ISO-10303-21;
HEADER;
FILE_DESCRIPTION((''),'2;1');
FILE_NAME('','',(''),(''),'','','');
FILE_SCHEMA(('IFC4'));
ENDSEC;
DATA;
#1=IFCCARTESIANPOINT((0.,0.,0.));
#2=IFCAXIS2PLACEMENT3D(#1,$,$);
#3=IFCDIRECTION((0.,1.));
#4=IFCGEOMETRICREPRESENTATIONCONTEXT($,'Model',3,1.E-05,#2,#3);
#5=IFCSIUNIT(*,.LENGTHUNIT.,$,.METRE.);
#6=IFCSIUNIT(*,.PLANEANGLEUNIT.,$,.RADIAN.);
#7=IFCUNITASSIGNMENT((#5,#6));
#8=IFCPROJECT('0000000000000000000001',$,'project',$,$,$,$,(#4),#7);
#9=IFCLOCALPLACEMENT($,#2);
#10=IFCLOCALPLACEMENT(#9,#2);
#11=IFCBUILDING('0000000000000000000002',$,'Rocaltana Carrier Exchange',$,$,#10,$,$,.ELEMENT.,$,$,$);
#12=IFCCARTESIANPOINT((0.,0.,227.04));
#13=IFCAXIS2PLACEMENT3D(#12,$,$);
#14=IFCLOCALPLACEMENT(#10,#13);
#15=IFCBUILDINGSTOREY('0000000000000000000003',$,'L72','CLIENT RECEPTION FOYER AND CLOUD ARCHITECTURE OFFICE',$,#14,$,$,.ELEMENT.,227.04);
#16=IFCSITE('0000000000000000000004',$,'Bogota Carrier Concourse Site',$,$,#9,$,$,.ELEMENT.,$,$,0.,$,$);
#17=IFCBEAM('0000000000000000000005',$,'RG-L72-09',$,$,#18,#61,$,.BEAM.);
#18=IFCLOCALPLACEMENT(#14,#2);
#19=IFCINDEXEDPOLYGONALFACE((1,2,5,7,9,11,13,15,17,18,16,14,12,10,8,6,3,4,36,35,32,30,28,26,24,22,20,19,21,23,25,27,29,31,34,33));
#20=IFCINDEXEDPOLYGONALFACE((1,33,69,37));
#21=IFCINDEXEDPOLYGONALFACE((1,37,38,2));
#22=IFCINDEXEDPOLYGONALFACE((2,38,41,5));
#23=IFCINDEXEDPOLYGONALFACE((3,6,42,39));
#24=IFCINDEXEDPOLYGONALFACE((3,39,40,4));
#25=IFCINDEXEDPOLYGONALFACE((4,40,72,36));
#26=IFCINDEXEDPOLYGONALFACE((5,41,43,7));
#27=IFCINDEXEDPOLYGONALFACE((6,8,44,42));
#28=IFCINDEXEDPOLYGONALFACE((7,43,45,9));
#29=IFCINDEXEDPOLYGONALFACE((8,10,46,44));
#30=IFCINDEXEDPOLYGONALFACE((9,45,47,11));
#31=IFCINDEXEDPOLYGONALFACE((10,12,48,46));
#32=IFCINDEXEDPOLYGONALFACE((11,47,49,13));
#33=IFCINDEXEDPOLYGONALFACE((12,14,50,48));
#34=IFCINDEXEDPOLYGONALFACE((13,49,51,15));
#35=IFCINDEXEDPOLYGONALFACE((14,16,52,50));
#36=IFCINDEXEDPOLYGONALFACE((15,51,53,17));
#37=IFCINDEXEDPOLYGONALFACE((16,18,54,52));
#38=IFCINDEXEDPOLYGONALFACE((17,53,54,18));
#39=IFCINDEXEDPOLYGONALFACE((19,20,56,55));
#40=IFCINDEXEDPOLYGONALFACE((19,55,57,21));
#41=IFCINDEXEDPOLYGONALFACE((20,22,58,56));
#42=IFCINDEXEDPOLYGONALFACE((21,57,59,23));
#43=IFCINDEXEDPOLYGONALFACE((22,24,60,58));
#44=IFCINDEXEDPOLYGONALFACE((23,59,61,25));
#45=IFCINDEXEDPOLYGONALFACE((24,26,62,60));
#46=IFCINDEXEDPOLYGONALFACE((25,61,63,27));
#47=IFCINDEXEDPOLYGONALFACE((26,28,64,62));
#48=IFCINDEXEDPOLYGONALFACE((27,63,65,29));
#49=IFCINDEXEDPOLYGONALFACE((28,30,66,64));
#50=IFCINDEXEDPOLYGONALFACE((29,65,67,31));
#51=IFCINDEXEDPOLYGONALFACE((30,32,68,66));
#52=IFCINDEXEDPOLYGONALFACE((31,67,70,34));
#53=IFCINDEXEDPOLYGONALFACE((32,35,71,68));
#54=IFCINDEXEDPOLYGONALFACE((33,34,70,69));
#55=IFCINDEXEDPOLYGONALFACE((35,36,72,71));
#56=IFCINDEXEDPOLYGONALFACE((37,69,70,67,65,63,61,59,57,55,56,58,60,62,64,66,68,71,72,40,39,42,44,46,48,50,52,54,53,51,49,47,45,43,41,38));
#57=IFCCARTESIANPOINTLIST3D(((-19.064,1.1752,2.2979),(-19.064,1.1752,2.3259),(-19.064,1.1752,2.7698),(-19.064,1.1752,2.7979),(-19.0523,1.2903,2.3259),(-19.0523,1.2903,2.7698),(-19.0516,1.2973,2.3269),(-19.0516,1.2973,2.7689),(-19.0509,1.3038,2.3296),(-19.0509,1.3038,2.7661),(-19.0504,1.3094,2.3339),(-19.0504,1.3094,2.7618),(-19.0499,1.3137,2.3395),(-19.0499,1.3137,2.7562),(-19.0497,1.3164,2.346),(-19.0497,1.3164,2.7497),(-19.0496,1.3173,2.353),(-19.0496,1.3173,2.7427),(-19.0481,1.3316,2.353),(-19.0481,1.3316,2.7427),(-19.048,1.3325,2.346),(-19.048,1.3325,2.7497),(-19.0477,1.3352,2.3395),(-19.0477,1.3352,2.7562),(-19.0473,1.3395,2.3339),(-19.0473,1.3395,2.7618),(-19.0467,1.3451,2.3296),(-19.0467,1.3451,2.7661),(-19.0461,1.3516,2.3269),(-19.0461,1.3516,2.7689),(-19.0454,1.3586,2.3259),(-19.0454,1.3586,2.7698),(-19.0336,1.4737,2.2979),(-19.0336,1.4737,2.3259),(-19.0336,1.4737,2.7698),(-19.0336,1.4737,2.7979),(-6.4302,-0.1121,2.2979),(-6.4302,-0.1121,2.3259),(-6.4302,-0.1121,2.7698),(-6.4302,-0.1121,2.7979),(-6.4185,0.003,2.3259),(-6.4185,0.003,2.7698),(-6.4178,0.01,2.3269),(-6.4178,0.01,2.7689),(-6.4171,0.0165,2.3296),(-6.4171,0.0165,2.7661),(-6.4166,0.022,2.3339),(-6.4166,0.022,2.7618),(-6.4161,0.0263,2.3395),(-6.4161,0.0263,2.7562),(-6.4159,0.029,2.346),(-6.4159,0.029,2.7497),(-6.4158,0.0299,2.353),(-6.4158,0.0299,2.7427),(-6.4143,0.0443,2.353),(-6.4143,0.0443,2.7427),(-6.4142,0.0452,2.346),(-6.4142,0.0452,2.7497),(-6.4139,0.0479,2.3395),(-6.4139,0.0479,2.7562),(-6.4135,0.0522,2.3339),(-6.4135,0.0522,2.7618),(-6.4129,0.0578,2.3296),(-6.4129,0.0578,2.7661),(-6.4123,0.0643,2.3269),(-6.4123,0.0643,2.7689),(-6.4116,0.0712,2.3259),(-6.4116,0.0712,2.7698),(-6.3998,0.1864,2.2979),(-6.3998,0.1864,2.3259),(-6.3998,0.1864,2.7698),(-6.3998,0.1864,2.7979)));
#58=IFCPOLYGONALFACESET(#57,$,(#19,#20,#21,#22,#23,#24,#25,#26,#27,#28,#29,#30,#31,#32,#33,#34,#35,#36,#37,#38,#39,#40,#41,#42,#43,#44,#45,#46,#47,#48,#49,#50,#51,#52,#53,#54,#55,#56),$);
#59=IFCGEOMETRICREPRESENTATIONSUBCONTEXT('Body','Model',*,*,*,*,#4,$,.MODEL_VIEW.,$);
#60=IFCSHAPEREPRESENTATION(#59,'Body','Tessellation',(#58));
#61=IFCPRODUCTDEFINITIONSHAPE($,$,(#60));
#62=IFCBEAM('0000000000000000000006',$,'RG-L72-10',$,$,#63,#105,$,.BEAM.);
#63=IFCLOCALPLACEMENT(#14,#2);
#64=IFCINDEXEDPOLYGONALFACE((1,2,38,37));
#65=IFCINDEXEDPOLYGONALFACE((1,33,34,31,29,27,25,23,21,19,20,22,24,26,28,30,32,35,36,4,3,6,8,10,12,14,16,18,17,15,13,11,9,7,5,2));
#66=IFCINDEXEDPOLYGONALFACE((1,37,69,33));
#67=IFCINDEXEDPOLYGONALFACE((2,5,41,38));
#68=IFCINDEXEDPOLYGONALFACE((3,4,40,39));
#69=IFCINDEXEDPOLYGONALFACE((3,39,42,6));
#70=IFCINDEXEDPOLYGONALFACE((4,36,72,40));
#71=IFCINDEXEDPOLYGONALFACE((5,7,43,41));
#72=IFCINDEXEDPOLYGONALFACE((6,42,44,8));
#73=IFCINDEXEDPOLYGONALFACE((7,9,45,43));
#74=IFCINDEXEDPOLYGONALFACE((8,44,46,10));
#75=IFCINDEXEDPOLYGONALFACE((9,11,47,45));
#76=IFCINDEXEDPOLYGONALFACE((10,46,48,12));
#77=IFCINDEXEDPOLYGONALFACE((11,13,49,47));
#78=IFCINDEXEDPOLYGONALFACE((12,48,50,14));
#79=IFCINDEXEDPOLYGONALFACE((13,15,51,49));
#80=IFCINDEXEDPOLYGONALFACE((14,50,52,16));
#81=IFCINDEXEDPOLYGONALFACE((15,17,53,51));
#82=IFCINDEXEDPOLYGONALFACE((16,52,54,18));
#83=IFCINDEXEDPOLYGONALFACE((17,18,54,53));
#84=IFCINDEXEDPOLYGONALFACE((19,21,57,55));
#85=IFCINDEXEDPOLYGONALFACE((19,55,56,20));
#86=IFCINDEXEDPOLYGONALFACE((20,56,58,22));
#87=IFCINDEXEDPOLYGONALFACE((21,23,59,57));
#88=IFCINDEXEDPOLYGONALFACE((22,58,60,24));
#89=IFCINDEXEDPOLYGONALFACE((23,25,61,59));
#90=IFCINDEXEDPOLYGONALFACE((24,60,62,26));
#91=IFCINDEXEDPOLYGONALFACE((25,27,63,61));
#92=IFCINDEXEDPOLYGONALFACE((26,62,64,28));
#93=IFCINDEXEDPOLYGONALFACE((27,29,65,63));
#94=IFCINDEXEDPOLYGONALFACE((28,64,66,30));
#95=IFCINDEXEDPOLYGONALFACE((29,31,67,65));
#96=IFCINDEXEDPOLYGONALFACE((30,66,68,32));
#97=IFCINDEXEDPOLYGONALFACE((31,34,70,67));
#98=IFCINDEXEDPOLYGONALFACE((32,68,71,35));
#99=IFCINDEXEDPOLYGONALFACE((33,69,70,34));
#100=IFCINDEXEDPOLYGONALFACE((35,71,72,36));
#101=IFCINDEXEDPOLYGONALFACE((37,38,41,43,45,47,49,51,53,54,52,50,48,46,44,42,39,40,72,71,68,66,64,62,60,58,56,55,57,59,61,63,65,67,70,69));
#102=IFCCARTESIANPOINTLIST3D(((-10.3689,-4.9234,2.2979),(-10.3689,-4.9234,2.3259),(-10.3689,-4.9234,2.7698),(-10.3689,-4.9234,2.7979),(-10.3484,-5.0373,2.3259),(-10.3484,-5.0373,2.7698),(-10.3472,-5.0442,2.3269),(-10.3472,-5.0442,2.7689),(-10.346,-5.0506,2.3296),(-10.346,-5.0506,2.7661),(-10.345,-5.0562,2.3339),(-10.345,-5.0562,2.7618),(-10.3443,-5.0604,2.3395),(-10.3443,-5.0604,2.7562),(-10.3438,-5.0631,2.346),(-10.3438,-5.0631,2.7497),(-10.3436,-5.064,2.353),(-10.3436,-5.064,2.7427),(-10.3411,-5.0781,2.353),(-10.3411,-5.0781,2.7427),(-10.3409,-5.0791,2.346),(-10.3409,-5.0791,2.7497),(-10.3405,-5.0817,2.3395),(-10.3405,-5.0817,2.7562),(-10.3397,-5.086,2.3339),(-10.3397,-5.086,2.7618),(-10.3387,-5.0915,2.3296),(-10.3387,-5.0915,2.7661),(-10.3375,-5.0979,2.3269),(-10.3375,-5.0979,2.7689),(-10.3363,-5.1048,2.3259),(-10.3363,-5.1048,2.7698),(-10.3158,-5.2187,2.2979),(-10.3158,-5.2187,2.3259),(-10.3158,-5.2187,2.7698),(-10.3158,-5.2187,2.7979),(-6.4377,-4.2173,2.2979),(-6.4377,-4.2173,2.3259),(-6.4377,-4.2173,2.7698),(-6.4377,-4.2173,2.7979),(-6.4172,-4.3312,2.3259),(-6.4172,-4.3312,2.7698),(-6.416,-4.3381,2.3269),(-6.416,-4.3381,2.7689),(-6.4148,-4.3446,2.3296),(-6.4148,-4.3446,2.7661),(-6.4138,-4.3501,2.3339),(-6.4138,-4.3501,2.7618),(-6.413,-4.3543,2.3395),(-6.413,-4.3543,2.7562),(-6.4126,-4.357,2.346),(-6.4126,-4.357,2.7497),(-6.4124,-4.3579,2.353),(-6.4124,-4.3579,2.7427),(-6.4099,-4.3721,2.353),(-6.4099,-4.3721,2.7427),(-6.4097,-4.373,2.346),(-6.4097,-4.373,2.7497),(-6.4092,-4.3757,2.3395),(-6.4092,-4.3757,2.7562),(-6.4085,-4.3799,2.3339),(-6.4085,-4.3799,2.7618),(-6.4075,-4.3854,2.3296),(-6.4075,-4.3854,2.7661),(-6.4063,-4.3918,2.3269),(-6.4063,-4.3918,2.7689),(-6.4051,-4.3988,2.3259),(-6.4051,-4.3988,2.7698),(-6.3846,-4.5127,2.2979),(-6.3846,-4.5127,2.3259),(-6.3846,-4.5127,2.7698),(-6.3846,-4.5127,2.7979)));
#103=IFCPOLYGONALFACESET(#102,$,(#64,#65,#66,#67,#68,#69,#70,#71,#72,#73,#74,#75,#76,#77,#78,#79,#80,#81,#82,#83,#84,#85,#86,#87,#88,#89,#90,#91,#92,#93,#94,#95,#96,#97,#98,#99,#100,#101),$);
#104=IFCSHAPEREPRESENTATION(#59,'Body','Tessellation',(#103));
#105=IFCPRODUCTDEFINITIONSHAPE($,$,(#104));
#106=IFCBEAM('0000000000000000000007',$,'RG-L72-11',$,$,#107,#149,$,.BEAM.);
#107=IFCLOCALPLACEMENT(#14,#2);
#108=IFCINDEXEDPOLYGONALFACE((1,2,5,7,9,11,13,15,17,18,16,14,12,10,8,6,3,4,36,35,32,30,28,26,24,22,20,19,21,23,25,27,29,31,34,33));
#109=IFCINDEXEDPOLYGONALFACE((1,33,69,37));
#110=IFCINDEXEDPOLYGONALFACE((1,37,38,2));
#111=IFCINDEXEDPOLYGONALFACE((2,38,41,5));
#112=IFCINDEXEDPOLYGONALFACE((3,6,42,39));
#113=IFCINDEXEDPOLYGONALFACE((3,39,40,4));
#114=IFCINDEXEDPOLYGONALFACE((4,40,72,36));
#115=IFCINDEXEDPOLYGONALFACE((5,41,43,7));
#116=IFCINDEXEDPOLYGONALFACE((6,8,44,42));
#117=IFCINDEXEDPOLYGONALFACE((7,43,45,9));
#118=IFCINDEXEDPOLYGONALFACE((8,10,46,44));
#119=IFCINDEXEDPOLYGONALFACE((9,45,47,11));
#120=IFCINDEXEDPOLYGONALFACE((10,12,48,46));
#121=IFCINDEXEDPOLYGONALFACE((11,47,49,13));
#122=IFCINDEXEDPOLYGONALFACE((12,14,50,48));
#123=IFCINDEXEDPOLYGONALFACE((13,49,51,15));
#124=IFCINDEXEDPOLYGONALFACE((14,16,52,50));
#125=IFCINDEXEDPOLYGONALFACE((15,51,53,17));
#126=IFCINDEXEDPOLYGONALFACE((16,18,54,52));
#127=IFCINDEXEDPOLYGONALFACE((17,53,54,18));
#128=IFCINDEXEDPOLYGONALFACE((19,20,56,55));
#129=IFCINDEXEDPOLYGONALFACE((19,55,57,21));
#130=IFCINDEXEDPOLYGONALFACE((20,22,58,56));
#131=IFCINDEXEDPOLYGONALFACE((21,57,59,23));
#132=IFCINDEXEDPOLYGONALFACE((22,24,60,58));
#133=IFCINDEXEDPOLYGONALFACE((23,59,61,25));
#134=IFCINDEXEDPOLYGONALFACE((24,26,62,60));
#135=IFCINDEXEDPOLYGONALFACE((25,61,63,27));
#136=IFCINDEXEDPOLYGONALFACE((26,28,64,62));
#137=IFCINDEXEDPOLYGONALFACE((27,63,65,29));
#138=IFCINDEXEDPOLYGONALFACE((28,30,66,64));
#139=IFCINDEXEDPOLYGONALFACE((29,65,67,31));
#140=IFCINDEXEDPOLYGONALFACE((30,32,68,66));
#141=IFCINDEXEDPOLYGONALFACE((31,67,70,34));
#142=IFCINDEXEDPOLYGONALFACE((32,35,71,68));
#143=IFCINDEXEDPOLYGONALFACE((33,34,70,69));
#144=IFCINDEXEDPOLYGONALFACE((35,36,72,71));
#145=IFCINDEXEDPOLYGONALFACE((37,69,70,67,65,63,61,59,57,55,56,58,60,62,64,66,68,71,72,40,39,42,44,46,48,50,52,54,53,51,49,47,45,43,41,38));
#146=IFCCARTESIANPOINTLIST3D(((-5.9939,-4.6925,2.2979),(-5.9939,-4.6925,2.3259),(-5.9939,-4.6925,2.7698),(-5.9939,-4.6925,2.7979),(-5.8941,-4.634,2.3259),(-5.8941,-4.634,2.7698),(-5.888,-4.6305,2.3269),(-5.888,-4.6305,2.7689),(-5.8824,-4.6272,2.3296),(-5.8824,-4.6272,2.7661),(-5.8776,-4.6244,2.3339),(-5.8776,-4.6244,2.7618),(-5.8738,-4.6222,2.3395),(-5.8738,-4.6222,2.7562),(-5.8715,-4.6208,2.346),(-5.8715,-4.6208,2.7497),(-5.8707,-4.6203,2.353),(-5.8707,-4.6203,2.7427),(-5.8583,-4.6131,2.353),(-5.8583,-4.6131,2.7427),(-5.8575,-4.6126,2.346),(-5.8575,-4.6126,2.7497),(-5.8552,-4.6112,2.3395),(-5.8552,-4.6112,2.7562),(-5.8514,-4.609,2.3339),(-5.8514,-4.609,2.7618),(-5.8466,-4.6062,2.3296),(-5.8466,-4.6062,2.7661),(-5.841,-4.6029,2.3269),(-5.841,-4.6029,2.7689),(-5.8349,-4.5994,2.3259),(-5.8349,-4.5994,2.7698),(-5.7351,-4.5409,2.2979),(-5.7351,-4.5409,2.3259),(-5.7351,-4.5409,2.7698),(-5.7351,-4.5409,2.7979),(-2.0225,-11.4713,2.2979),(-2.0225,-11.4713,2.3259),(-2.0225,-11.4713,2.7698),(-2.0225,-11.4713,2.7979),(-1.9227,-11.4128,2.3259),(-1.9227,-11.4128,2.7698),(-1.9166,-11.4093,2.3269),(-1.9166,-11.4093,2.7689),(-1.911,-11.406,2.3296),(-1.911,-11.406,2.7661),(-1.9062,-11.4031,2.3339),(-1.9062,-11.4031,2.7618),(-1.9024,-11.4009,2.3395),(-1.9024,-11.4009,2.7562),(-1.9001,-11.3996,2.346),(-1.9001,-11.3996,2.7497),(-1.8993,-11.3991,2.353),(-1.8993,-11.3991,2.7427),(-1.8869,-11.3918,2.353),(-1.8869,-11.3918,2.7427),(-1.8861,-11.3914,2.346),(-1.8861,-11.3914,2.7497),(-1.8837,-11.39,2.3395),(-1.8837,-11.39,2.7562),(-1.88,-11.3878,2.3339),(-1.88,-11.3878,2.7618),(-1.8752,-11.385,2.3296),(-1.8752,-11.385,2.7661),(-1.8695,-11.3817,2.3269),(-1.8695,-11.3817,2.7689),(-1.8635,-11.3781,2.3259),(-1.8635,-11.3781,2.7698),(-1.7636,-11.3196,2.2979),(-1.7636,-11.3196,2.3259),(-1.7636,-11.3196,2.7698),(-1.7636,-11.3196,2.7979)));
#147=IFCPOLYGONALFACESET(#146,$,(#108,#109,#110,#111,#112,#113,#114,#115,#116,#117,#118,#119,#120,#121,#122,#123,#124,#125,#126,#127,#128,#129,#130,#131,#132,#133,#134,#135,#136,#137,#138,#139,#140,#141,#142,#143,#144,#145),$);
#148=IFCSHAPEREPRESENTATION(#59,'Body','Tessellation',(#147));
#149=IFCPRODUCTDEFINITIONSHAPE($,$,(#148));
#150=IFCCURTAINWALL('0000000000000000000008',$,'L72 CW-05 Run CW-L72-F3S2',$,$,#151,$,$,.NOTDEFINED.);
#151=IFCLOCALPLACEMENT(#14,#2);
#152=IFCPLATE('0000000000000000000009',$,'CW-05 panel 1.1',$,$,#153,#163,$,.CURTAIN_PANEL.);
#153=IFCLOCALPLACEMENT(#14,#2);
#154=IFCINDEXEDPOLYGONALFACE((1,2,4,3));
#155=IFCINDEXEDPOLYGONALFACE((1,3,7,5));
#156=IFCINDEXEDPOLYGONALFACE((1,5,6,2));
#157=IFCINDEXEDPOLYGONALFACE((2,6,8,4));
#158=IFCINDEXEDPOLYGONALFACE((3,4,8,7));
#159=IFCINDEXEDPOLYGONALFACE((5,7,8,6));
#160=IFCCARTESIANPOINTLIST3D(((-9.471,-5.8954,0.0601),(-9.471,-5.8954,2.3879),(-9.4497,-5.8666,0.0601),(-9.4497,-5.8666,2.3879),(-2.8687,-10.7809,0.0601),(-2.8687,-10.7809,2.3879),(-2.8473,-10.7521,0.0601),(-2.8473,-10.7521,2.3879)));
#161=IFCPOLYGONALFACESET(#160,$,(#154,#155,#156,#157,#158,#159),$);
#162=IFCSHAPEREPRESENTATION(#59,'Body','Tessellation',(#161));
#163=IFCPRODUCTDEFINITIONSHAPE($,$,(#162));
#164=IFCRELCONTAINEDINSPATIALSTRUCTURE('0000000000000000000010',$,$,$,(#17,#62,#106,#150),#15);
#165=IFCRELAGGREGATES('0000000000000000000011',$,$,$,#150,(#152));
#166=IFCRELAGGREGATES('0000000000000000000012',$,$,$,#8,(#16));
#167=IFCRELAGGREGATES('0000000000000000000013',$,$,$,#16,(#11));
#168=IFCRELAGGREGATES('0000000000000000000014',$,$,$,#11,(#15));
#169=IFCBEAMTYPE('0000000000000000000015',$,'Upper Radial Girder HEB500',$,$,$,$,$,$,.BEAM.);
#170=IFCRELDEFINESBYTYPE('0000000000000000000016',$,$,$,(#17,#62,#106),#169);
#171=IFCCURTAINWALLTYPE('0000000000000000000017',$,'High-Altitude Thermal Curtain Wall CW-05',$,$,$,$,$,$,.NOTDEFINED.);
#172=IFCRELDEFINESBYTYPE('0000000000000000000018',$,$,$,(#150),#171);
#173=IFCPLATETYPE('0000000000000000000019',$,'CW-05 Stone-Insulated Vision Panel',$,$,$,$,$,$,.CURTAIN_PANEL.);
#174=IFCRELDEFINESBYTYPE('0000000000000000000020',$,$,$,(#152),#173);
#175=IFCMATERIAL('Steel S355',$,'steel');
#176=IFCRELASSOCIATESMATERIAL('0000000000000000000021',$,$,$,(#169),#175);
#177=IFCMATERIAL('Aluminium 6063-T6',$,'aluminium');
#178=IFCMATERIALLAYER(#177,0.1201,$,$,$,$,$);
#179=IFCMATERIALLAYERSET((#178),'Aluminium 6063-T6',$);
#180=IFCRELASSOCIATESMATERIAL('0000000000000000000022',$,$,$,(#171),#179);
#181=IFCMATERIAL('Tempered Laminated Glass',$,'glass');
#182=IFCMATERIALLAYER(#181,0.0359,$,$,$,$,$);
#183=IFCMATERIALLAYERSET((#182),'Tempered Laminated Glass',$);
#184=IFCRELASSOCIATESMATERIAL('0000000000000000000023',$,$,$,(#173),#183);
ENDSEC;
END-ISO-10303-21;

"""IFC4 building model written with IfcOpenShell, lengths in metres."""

from ifc_helpers import new_model, si_unit, direction, frame, origin, origin_2d, place, context, subcontext, project, spatial, rectangle, i_section, extrude, material, layer, layer_set, material_profile, profile_set, type_object, element, aggregate, save


model = new_model("IFC4")

# Units and contexts
model_context = context("Model", 3, precision=1e-05, world=origin(), true_north=direction((0.0, 1.0)))
body_context = subcontext(model_context, "Body", "Model", "MODEL_VIEW")
ifc_project = project(units=[si_unit("LENGTHUNIT", "METRE"), si_unit("PLANEANGLEUNIT", "RADIAN")], contexts=[model_context])

# Site, building, storey
site_placement = place(None, origin())
site = spatial("IfcSite", under=ifc_project, at=site_placement, Name="Bogota Carrier Concourse Site", CompositionType="ELEMENT", RefElevation=0.0)
building_placement = place(site_placement, origin())
building = spatial("IfcBuilding", under=site, at=building_placement, Name="Rocaltana Carrier Exchange", CompositionType="ELEMENT")
storey_placement = place(building_placement, frame((0.0, 0.0, 227.04)))
storey = spatial("IfcBuildingStorey", under=building, at=storey_placement, Name="L72", Description="CLIENT RECEPTION FOYER AND CLOUD ARCHITECTURE OFFICE", CompositionType="ELEMENT", Elevation=227.04)

# Beams
ifc_material_1 = material(Name="Steel S355", Category="steel")
ifc_material_profile_1 = material_profile(ifc_material_1, i_section(OverallWidth=0.3, OverallDepth=0.5, WebThickness=0.0144, FlangeThickness=0.0281, FilletRadius=0.0271, at=origin_2d()), Name="HEB500")
ifc_profile_set_1 = profile_set([ifc_material_profile_1], Name="Steel S355")
beam_type_1 = type_object("IfcBeamType", Name="Upper Radial Girder HEB500", PredefinedType="BEAM", material=ifc_profile_set_1)
beam_1_placement = place(storey_placement, frame((-6.415, 0.0371, 2.5479), z_axis=(-0.994849, 0.101373, 0.0), x_axis=(-0.101373, -0.994849, 0.0)))
element("IfcBeam", 1, at=beam_1_placement, inside=storey, type_object=beam_type_1, Name="RG-L72-09", PredefinedType="BEAM", context=body_context, shape_type="SweptSolid", body=[
    extrude(i_section(OverallWidth=0.3, OverallDepth=0.5, WebThickness=0.0144, FlangeThickness=0.0281, FilletRadius=0.0271, at=origin_2d()), origin(), (0.0, 0.0, 1.0), 12.6992),
])
beam_2_placement = place(storey_placement, frame((-6.4111, -4.365, 2.5479), z_axis=(-0.984251, -0.176776, 0.0), x_axis=(0.176776, -0.984251, 0.0)))
element("IfcBeam", 2, at=beam_2_placement, inside=storey, type_object=beam_type_1, Name="RG-L72-10", PredefinedType="BEAM", context=body_context, shape_type="SweptSolid", body=[
    extrude(i_section(OverallWidth=0.3, OverallDepth=0.5, WebThickness=0.0144, FlangeThickness=0.0281, FilletRadius=0.0271, at=origin_2d()), origin(), (0.0, 0.0, 1.0), 3.9941),
])
beam_3_placement = place(storey_placement, frame((-5.8645, -4.6167, 2.5479), z_axis=(0.505497, -0.862828, 0.0), x_axis=(0.862828, 0.505497, 0.0)))
element("IfcBeam", 3, at=beam_3_placement, inside=storey, type_object=beam_type_1, Name="RG-L72-11", PredefinedType="BEAM", context=body_context, shape_type="SweptSolid", body=[
    extrude(i_section(OverallWidth=0.3, OverallDepth=0.5, WebThickness=0.0144, FlangeThickness=0.0281, FilletRadius=0.0271, at=origin_2d()), origin(), (0.0, 0.0, 1.0), 7.8564),
])

# Curtain wall, plate
ifc_material_2 = material(Name="Aluminium 6063-T6", Category="aluminium")
ifc_layer_1 = layer(ifc_material_2, 0.1201)
ifc_layer_set_1 = layer_set([ifc_layer_1], Name="Aluminium 6063-T6")
curtain_wall_type = type_object("IfcCurtainWallType", Name="High-Altitude Thermal Curtain Wall CW-05", PredefinedType="NOTDEFINED", material=ifc_layer_set_1)
curtain_wall_placement = place(storey_placement, origin())
curtain_wall = element("IfcCurtainWall", 4, at=curtain_wall_placement, inside=storey, type_object=curtain_wall_type, Name="L72 CW-05 Run CW-L72-F3S2", PredefinedType="NOTDEFINED")
ifc_material_3 = material(Name="Tempered Laminated Glass", Category="glass")
ifc_layer_2 = layer(ifc_material_3, 0.0359)
ifc_layer_set_2 = layer_set([ifc_layer_2], Name="Tempered Laminated Glass")
plate_type = type_object("IfcPlateType", Name="CW-05 Stone-Insulated Vision Panel", PredefinedType="CURTAIN_PANEL", material=ifc_layer_set_2)
plate_placement = place(storey_placement, frame((-6.1592, -8.3237, 0.0601), z_axis=(0.0, 0.0, 1.0), x_axis=(0.803858, -0.594821, 0.0)))
plate = element("IfcPlate", 5, at=plate_placement, type_object=plate_type, Name="CW-05 panel 1.1", PredefinedType="CURTAIN_PANEL", context=body_context, shape_type="SweptSolid", body=[
    extrude(rectangle(XDim=8.2134, YDim=0.0359, at=origin_2d()), origin(), (0.0, 0.0, 1.0), 2.3279),
])
aggregate(curtain_wall, [plate])

save(model, "model.ifc")
